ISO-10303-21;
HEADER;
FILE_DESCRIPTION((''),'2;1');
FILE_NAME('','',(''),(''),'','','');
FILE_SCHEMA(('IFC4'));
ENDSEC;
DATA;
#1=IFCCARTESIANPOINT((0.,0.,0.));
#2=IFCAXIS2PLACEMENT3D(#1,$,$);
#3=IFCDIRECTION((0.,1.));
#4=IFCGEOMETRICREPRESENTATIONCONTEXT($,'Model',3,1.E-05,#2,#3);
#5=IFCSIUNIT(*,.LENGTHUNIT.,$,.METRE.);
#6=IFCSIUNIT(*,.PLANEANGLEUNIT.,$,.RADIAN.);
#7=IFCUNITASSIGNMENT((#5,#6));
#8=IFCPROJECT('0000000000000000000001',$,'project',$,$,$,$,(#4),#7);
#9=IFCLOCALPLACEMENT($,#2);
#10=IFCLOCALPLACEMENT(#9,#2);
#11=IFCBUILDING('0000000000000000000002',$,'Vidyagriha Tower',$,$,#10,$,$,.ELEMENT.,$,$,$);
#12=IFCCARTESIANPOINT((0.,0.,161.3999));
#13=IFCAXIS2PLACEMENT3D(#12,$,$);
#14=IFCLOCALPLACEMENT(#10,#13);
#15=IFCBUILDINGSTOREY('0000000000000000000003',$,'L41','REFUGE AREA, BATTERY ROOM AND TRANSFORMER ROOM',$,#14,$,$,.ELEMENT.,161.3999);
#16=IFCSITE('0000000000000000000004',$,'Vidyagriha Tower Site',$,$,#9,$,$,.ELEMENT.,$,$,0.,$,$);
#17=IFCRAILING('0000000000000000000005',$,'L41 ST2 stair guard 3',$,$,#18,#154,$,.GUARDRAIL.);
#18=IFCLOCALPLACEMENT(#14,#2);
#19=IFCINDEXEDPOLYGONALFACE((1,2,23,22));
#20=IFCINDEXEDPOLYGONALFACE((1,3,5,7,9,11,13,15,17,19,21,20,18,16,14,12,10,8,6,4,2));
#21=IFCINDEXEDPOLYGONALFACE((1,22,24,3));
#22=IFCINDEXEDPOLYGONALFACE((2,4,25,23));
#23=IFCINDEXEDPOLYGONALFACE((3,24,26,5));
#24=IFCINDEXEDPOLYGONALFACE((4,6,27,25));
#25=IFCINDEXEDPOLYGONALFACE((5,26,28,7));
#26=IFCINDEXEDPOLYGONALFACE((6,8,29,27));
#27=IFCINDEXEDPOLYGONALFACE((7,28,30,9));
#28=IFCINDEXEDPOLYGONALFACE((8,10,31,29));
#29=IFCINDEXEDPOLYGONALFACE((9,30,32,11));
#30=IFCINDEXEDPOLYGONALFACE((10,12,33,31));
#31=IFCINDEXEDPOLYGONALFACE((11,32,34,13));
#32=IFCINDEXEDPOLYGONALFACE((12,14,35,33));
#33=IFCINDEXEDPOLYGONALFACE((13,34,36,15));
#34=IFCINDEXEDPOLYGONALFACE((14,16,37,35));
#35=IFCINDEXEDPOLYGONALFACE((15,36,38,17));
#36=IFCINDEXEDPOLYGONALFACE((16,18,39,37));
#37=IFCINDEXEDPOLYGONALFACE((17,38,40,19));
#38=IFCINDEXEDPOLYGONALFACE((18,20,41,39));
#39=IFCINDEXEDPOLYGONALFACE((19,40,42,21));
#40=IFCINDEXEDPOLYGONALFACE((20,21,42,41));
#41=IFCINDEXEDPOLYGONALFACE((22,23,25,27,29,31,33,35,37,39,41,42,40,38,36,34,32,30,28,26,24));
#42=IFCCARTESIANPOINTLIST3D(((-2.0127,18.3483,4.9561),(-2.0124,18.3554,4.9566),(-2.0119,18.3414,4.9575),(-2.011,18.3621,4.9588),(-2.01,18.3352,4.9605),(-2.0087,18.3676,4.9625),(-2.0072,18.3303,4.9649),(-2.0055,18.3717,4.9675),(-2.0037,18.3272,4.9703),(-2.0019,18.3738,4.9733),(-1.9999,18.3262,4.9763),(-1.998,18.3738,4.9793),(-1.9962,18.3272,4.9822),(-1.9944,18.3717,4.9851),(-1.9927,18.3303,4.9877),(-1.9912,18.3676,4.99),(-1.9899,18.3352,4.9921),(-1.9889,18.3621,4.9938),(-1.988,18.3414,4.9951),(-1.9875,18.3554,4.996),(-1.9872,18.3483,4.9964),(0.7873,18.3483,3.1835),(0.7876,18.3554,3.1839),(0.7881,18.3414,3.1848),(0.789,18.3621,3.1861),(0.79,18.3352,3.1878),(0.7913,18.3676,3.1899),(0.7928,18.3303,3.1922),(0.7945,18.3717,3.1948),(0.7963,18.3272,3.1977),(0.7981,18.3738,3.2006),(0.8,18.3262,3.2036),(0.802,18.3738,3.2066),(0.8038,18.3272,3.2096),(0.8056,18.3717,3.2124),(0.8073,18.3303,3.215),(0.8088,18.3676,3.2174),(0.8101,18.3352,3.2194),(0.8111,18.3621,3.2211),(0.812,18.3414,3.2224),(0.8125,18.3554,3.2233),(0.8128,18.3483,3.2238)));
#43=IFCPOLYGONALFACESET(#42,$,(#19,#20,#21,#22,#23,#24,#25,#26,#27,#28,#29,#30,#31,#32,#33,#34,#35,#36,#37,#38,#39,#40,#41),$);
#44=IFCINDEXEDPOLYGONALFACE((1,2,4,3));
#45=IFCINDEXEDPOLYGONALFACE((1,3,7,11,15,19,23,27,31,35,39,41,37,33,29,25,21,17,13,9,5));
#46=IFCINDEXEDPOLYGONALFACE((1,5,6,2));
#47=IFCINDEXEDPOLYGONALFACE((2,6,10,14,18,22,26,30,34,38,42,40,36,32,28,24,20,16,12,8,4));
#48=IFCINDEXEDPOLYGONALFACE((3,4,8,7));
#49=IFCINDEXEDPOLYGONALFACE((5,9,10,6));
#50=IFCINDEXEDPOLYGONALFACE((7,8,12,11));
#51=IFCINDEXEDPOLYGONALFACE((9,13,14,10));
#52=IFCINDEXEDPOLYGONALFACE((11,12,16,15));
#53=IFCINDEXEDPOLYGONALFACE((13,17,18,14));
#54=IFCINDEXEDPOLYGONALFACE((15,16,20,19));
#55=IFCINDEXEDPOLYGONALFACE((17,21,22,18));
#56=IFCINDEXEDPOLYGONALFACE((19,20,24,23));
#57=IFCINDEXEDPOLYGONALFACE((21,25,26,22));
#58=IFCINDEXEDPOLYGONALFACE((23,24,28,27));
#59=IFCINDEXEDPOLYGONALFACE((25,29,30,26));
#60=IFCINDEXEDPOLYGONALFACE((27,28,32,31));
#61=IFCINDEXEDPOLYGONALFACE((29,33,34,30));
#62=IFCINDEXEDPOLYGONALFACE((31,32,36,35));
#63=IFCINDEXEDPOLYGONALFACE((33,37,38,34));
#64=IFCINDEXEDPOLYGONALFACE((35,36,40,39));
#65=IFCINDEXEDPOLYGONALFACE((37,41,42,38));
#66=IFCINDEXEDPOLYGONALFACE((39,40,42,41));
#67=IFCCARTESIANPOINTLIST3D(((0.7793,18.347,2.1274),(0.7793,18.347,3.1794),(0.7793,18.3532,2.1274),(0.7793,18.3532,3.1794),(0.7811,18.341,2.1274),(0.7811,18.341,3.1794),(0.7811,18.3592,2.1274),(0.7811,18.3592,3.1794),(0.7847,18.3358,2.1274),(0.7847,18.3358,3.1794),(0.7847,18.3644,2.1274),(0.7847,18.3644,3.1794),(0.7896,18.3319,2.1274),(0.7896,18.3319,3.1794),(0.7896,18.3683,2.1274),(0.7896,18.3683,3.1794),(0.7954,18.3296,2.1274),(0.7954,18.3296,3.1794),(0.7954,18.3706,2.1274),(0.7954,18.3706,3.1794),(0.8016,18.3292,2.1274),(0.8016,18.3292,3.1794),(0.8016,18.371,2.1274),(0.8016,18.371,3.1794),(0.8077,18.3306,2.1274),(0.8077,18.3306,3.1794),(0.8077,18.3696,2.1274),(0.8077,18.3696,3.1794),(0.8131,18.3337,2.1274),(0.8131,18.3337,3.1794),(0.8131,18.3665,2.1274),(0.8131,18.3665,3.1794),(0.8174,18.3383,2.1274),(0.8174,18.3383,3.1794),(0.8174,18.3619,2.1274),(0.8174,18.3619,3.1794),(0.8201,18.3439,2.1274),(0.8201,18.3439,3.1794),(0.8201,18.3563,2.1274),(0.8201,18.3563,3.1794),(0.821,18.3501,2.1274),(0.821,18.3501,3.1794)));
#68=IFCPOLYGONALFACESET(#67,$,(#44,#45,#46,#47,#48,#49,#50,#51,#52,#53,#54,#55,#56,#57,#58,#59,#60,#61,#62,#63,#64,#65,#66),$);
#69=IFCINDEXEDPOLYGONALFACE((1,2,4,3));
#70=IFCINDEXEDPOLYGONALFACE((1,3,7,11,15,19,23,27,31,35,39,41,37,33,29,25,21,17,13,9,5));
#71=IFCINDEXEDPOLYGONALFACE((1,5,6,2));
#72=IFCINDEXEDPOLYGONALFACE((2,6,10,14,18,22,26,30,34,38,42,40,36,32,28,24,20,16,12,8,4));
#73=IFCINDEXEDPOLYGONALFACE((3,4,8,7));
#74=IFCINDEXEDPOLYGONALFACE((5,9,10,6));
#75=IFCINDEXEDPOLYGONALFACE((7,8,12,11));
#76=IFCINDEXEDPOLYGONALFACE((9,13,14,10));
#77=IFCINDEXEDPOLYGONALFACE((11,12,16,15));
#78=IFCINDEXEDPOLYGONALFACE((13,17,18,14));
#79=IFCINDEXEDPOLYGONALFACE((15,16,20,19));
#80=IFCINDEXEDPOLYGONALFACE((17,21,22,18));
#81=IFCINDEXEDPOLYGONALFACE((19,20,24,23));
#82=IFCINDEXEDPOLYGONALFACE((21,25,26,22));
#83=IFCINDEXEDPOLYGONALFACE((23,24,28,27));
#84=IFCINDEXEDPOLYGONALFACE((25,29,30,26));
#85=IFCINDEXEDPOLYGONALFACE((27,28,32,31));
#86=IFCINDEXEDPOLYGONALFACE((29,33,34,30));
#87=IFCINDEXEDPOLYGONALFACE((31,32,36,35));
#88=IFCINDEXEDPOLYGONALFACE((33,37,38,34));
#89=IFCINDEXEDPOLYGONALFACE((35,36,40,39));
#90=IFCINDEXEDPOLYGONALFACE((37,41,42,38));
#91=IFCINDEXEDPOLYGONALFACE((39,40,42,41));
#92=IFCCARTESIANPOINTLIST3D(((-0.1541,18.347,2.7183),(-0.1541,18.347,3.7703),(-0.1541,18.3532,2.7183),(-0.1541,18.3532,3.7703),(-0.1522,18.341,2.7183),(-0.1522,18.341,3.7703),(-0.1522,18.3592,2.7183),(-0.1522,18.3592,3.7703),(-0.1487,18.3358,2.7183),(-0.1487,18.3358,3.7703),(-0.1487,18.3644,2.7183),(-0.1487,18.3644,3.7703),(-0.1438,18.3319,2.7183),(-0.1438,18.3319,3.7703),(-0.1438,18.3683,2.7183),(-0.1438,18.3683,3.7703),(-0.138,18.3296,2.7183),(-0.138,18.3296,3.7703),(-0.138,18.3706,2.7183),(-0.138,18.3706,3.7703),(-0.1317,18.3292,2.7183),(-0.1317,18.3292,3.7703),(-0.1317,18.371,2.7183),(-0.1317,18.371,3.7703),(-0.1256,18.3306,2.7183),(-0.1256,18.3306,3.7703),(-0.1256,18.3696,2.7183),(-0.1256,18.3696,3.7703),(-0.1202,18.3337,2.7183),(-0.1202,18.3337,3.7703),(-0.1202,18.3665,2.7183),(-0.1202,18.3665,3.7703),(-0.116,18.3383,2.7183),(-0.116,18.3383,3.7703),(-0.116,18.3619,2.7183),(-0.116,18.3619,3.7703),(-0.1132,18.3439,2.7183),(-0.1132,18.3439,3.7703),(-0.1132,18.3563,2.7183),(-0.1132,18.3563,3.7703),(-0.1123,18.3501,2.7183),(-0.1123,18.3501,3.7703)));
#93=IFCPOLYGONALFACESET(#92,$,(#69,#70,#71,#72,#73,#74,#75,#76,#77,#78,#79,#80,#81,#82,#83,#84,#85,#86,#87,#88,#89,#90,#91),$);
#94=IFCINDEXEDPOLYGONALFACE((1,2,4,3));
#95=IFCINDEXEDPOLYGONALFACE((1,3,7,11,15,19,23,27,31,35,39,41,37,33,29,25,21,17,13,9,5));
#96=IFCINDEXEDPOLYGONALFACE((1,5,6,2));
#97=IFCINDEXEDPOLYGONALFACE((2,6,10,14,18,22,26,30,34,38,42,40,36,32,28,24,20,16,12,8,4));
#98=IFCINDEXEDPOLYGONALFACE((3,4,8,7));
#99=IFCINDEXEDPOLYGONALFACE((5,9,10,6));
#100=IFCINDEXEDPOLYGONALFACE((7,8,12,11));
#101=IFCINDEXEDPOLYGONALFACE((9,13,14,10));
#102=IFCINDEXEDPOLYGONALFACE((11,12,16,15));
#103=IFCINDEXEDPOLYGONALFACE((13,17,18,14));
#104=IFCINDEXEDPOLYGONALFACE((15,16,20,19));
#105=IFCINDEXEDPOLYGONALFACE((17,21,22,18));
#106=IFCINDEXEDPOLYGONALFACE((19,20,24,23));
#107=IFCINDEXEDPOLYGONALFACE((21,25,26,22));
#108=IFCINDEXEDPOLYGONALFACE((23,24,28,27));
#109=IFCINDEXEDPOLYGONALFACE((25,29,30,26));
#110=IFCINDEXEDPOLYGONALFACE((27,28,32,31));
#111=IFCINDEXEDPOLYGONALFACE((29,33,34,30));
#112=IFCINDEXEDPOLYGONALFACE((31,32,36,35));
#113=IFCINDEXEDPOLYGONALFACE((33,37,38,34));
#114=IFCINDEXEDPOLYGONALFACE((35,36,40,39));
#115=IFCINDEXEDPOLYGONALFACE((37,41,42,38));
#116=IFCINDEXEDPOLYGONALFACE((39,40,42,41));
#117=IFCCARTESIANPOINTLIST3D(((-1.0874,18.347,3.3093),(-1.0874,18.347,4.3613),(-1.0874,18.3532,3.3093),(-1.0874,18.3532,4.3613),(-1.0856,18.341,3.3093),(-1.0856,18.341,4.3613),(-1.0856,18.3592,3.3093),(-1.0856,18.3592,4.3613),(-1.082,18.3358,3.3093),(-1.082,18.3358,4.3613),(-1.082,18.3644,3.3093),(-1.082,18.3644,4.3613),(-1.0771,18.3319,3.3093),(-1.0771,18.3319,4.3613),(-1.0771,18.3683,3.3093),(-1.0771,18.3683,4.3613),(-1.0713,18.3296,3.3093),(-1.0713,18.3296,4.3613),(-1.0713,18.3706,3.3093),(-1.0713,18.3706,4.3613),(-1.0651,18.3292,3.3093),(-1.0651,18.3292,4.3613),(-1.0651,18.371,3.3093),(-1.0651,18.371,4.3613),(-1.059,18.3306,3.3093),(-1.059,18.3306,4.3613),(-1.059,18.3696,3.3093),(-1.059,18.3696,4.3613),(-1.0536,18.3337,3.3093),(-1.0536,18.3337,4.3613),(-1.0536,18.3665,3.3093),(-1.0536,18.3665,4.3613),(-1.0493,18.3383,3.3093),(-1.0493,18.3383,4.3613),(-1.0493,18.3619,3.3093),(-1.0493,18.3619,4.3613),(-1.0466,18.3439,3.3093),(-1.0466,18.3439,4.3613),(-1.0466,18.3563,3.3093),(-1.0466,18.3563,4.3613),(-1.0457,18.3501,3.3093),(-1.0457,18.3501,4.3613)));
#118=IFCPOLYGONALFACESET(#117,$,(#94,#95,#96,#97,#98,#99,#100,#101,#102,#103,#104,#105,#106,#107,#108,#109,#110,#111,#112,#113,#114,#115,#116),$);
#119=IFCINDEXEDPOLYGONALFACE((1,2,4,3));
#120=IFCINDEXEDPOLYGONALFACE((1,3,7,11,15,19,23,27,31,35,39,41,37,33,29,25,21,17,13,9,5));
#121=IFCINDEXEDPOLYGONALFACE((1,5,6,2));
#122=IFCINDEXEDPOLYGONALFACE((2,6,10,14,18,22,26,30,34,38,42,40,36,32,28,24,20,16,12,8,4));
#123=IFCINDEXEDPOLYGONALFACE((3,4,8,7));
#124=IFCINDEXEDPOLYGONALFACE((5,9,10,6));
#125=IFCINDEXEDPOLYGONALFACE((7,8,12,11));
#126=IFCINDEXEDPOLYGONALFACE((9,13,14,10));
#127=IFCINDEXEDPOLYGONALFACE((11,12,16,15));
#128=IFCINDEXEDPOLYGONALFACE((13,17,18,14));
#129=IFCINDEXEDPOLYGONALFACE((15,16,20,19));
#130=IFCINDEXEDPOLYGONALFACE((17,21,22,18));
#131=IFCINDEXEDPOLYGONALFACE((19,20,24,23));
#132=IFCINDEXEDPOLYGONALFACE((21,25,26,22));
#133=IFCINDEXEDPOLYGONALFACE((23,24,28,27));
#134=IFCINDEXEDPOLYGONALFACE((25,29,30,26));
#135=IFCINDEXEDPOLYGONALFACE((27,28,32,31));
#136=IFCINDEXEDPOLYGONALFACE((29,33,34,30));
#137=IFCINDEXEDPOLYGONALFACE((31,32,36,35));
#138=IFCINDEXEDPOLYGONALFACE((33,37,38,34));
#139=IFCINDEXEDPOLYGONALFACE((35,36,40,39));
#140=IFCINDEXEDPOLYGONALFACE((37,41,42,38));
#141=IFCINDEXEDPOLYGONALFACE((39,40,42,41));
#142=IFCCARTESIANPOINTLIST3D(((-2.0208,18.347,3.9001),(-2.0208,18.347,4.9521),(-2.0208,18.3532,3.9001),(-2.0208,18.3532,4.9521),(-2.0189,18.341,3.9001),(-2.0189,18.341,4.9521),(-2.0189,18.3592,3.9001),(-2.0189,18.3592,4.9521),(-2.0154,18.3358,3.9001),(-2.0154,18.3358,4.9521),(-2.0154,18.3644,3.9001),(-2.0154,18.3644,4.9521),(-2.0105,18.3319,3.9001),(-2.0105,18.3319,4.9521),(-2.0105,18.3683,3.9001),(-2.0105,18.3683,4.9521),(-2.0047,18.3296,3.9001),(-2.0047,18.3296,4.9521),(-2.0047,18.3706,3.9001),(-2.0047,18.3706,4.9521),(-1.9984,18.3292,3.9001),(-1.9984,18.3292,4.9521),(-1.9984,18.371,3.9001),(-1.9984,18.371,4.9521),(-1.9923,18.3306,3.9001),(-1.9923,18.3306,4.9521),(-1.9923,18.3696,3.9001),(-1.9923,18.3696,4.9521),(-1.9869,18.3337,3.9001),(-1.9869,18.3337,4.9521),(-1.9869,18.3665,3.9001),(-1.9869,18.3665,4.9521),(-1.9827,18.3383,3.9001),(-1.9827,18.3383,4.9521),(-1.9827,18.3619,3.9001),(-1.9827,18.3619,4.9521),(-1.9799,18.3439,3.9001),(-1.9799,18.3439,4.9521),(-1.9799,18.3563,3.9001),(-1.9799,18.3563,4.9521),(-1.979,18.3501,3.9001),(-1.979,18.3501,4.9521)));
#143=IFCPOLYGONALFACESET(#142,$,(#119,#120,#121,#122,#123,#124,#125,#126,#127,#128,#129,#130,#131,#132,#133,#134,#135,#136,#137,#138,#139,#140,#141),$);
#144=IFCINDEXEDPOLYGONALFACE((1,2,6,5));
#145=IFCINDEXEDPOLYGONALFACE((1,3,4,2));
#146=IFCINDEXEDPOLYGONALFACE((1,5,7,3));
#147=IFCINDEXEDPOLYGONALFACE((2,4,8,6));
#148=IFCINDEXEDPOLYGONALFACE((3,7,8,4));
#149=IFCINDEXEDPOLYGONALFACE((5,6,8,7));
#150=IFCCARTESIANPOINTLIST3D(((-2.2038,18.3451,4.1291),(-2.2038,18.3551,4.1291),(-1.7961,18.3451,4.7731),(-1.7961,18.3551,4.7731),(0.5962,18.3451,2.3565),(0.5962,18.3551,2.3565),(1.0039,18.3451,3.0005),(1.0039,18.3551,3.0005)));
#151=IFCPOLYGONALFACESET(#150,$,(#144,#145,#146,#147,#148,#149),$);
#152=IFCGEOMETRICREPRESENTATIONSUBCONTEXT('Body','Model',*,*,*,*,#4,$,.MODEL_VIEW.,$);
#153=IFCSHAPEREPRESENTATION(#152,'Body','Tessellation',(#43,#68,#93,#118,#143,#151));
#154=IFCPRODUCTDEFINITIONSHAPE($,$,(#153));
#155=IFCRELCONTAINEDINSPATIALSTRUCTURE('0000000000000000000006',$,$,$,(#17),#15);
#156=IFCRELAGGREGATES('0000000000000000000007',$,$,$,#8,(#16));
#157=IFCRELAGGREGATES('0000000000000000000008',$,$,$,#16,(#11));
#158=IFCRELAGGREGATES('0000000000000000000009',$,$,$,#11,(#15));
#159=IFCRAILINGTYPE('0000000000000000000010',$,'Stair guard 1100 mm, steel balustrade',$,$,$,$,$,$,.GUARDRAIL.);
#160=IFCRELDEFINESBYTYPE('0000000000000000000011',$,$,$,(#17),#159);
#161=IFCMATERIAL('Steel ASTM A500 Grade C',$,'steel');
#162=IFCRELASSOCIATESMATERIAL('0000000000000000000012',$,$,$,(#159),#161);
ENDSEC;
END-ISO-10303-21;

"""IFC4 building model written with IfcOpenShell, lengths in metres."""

from ifc_helpers import new_model, si_unit, direction, frame, origin, origin_2d, place, context, subcontext, project, spatial, rectangle, circle, extrude, material, type_object, element, save


model = new_model("IFC4")

# Units and contexts
model_context = context("Model", 3, precision=1e-05, world=origin(), true_north=direction((0.0, 1.0)))
body_context = subcontext(model_context, "Body", "Model", "MODEL_VIEW")
ifc_project = project(units=[si_unit("LENGTHUNIT", "METRE"), si_unit("PLANEANGLEUNIT", "RADIAN")], contexts=[model_context])

# Site, building, storey
site_placement = place(None, origin())
site = spatial("IfcSite", under=ifc_project, at=site_placement, Name="Vidyagriha Tower Site", CompositionType="ELEMENT", RefElevation=0.0)
building_placement = place(site_placement, origin())
building = spatial("IfcBuilding", under=site, at=building_placement, Name="Vidyagriha Tower", CompositionType="ELEMENT")
storey_placement = place(building_placement, frame((0.0, 0.0, 161.3999)))
storey = spatial("IfcBuildingStorey", under=building, at=storey_placement, Name="L41", Description="REFUGE AREA, BATTERY ROOM AND TRANSFORMER ROOM", CompositionType="ELEMENT", Elevation=161.3999)

# Railing
ifc_material_1 = material(Name="Steel ASTM A500 Grade C", Category="steel")
railing_type_1 = type_object("IfcRailingType", Name="Stair guard 1100 mm, steel balustrade", PredefinedType="GUARDRAIL", material=ifc_material_1)
railing_1_placement = place(storey_placement, frame((0.8, 18.3501, 2.1274)))
element("IfcRailing", 1, at=railing_1_placement, inside=storey, type_object=railing_type_1, Name="L41 ST2 stair guard 3", PredefinedType="GUARDRAIL", context=body_context, shape_type="SweptSolid", body=[
    extrude(circle(Radius=0.0239, at=origin_2d()), frame((0.0, 0.0, 1.0762), z_axis=(-0.844909, 0.0, 0.53491), x_axis=(0.0, -1.0, 0.0)), (0.0, 0.0, 1.0), 3.314),
    extrude(circle(Radius=0.021, at=origin_2d()), origin(), (0.0, 0.0, 1.0), 1.052),
    extrude(circle(Radius=0.021, at=origin_2d()), frame((-0.9333, 0.0, 0.5908)), (0.0, 0.0, 1.0), 1.052),
    extrude(circle(Radius=0.021, at=origin_2d()), frame((-1.8667, 0.0, 1.1819)), (0.0, 0.0, 1.0), 1.052),
    extrude(circle(Radius=0.021, at=origin_2d()), frame((-2.8, 0.0, 1.7727)), (0.0, 0.0, 1.0), 1.052),
    extrude(rectangle(XDim=0.01, YDim=0.7622, at=origin_2d()), frame((0.0, 0.0, 0.551), z_axis=(-0.844909, 0.0, 0.53491), x_axis=(0.0, -1.0, 0.0)), (0.0, 0.0, 1.0), 3.314),
])

save(model, "model.ifc")
